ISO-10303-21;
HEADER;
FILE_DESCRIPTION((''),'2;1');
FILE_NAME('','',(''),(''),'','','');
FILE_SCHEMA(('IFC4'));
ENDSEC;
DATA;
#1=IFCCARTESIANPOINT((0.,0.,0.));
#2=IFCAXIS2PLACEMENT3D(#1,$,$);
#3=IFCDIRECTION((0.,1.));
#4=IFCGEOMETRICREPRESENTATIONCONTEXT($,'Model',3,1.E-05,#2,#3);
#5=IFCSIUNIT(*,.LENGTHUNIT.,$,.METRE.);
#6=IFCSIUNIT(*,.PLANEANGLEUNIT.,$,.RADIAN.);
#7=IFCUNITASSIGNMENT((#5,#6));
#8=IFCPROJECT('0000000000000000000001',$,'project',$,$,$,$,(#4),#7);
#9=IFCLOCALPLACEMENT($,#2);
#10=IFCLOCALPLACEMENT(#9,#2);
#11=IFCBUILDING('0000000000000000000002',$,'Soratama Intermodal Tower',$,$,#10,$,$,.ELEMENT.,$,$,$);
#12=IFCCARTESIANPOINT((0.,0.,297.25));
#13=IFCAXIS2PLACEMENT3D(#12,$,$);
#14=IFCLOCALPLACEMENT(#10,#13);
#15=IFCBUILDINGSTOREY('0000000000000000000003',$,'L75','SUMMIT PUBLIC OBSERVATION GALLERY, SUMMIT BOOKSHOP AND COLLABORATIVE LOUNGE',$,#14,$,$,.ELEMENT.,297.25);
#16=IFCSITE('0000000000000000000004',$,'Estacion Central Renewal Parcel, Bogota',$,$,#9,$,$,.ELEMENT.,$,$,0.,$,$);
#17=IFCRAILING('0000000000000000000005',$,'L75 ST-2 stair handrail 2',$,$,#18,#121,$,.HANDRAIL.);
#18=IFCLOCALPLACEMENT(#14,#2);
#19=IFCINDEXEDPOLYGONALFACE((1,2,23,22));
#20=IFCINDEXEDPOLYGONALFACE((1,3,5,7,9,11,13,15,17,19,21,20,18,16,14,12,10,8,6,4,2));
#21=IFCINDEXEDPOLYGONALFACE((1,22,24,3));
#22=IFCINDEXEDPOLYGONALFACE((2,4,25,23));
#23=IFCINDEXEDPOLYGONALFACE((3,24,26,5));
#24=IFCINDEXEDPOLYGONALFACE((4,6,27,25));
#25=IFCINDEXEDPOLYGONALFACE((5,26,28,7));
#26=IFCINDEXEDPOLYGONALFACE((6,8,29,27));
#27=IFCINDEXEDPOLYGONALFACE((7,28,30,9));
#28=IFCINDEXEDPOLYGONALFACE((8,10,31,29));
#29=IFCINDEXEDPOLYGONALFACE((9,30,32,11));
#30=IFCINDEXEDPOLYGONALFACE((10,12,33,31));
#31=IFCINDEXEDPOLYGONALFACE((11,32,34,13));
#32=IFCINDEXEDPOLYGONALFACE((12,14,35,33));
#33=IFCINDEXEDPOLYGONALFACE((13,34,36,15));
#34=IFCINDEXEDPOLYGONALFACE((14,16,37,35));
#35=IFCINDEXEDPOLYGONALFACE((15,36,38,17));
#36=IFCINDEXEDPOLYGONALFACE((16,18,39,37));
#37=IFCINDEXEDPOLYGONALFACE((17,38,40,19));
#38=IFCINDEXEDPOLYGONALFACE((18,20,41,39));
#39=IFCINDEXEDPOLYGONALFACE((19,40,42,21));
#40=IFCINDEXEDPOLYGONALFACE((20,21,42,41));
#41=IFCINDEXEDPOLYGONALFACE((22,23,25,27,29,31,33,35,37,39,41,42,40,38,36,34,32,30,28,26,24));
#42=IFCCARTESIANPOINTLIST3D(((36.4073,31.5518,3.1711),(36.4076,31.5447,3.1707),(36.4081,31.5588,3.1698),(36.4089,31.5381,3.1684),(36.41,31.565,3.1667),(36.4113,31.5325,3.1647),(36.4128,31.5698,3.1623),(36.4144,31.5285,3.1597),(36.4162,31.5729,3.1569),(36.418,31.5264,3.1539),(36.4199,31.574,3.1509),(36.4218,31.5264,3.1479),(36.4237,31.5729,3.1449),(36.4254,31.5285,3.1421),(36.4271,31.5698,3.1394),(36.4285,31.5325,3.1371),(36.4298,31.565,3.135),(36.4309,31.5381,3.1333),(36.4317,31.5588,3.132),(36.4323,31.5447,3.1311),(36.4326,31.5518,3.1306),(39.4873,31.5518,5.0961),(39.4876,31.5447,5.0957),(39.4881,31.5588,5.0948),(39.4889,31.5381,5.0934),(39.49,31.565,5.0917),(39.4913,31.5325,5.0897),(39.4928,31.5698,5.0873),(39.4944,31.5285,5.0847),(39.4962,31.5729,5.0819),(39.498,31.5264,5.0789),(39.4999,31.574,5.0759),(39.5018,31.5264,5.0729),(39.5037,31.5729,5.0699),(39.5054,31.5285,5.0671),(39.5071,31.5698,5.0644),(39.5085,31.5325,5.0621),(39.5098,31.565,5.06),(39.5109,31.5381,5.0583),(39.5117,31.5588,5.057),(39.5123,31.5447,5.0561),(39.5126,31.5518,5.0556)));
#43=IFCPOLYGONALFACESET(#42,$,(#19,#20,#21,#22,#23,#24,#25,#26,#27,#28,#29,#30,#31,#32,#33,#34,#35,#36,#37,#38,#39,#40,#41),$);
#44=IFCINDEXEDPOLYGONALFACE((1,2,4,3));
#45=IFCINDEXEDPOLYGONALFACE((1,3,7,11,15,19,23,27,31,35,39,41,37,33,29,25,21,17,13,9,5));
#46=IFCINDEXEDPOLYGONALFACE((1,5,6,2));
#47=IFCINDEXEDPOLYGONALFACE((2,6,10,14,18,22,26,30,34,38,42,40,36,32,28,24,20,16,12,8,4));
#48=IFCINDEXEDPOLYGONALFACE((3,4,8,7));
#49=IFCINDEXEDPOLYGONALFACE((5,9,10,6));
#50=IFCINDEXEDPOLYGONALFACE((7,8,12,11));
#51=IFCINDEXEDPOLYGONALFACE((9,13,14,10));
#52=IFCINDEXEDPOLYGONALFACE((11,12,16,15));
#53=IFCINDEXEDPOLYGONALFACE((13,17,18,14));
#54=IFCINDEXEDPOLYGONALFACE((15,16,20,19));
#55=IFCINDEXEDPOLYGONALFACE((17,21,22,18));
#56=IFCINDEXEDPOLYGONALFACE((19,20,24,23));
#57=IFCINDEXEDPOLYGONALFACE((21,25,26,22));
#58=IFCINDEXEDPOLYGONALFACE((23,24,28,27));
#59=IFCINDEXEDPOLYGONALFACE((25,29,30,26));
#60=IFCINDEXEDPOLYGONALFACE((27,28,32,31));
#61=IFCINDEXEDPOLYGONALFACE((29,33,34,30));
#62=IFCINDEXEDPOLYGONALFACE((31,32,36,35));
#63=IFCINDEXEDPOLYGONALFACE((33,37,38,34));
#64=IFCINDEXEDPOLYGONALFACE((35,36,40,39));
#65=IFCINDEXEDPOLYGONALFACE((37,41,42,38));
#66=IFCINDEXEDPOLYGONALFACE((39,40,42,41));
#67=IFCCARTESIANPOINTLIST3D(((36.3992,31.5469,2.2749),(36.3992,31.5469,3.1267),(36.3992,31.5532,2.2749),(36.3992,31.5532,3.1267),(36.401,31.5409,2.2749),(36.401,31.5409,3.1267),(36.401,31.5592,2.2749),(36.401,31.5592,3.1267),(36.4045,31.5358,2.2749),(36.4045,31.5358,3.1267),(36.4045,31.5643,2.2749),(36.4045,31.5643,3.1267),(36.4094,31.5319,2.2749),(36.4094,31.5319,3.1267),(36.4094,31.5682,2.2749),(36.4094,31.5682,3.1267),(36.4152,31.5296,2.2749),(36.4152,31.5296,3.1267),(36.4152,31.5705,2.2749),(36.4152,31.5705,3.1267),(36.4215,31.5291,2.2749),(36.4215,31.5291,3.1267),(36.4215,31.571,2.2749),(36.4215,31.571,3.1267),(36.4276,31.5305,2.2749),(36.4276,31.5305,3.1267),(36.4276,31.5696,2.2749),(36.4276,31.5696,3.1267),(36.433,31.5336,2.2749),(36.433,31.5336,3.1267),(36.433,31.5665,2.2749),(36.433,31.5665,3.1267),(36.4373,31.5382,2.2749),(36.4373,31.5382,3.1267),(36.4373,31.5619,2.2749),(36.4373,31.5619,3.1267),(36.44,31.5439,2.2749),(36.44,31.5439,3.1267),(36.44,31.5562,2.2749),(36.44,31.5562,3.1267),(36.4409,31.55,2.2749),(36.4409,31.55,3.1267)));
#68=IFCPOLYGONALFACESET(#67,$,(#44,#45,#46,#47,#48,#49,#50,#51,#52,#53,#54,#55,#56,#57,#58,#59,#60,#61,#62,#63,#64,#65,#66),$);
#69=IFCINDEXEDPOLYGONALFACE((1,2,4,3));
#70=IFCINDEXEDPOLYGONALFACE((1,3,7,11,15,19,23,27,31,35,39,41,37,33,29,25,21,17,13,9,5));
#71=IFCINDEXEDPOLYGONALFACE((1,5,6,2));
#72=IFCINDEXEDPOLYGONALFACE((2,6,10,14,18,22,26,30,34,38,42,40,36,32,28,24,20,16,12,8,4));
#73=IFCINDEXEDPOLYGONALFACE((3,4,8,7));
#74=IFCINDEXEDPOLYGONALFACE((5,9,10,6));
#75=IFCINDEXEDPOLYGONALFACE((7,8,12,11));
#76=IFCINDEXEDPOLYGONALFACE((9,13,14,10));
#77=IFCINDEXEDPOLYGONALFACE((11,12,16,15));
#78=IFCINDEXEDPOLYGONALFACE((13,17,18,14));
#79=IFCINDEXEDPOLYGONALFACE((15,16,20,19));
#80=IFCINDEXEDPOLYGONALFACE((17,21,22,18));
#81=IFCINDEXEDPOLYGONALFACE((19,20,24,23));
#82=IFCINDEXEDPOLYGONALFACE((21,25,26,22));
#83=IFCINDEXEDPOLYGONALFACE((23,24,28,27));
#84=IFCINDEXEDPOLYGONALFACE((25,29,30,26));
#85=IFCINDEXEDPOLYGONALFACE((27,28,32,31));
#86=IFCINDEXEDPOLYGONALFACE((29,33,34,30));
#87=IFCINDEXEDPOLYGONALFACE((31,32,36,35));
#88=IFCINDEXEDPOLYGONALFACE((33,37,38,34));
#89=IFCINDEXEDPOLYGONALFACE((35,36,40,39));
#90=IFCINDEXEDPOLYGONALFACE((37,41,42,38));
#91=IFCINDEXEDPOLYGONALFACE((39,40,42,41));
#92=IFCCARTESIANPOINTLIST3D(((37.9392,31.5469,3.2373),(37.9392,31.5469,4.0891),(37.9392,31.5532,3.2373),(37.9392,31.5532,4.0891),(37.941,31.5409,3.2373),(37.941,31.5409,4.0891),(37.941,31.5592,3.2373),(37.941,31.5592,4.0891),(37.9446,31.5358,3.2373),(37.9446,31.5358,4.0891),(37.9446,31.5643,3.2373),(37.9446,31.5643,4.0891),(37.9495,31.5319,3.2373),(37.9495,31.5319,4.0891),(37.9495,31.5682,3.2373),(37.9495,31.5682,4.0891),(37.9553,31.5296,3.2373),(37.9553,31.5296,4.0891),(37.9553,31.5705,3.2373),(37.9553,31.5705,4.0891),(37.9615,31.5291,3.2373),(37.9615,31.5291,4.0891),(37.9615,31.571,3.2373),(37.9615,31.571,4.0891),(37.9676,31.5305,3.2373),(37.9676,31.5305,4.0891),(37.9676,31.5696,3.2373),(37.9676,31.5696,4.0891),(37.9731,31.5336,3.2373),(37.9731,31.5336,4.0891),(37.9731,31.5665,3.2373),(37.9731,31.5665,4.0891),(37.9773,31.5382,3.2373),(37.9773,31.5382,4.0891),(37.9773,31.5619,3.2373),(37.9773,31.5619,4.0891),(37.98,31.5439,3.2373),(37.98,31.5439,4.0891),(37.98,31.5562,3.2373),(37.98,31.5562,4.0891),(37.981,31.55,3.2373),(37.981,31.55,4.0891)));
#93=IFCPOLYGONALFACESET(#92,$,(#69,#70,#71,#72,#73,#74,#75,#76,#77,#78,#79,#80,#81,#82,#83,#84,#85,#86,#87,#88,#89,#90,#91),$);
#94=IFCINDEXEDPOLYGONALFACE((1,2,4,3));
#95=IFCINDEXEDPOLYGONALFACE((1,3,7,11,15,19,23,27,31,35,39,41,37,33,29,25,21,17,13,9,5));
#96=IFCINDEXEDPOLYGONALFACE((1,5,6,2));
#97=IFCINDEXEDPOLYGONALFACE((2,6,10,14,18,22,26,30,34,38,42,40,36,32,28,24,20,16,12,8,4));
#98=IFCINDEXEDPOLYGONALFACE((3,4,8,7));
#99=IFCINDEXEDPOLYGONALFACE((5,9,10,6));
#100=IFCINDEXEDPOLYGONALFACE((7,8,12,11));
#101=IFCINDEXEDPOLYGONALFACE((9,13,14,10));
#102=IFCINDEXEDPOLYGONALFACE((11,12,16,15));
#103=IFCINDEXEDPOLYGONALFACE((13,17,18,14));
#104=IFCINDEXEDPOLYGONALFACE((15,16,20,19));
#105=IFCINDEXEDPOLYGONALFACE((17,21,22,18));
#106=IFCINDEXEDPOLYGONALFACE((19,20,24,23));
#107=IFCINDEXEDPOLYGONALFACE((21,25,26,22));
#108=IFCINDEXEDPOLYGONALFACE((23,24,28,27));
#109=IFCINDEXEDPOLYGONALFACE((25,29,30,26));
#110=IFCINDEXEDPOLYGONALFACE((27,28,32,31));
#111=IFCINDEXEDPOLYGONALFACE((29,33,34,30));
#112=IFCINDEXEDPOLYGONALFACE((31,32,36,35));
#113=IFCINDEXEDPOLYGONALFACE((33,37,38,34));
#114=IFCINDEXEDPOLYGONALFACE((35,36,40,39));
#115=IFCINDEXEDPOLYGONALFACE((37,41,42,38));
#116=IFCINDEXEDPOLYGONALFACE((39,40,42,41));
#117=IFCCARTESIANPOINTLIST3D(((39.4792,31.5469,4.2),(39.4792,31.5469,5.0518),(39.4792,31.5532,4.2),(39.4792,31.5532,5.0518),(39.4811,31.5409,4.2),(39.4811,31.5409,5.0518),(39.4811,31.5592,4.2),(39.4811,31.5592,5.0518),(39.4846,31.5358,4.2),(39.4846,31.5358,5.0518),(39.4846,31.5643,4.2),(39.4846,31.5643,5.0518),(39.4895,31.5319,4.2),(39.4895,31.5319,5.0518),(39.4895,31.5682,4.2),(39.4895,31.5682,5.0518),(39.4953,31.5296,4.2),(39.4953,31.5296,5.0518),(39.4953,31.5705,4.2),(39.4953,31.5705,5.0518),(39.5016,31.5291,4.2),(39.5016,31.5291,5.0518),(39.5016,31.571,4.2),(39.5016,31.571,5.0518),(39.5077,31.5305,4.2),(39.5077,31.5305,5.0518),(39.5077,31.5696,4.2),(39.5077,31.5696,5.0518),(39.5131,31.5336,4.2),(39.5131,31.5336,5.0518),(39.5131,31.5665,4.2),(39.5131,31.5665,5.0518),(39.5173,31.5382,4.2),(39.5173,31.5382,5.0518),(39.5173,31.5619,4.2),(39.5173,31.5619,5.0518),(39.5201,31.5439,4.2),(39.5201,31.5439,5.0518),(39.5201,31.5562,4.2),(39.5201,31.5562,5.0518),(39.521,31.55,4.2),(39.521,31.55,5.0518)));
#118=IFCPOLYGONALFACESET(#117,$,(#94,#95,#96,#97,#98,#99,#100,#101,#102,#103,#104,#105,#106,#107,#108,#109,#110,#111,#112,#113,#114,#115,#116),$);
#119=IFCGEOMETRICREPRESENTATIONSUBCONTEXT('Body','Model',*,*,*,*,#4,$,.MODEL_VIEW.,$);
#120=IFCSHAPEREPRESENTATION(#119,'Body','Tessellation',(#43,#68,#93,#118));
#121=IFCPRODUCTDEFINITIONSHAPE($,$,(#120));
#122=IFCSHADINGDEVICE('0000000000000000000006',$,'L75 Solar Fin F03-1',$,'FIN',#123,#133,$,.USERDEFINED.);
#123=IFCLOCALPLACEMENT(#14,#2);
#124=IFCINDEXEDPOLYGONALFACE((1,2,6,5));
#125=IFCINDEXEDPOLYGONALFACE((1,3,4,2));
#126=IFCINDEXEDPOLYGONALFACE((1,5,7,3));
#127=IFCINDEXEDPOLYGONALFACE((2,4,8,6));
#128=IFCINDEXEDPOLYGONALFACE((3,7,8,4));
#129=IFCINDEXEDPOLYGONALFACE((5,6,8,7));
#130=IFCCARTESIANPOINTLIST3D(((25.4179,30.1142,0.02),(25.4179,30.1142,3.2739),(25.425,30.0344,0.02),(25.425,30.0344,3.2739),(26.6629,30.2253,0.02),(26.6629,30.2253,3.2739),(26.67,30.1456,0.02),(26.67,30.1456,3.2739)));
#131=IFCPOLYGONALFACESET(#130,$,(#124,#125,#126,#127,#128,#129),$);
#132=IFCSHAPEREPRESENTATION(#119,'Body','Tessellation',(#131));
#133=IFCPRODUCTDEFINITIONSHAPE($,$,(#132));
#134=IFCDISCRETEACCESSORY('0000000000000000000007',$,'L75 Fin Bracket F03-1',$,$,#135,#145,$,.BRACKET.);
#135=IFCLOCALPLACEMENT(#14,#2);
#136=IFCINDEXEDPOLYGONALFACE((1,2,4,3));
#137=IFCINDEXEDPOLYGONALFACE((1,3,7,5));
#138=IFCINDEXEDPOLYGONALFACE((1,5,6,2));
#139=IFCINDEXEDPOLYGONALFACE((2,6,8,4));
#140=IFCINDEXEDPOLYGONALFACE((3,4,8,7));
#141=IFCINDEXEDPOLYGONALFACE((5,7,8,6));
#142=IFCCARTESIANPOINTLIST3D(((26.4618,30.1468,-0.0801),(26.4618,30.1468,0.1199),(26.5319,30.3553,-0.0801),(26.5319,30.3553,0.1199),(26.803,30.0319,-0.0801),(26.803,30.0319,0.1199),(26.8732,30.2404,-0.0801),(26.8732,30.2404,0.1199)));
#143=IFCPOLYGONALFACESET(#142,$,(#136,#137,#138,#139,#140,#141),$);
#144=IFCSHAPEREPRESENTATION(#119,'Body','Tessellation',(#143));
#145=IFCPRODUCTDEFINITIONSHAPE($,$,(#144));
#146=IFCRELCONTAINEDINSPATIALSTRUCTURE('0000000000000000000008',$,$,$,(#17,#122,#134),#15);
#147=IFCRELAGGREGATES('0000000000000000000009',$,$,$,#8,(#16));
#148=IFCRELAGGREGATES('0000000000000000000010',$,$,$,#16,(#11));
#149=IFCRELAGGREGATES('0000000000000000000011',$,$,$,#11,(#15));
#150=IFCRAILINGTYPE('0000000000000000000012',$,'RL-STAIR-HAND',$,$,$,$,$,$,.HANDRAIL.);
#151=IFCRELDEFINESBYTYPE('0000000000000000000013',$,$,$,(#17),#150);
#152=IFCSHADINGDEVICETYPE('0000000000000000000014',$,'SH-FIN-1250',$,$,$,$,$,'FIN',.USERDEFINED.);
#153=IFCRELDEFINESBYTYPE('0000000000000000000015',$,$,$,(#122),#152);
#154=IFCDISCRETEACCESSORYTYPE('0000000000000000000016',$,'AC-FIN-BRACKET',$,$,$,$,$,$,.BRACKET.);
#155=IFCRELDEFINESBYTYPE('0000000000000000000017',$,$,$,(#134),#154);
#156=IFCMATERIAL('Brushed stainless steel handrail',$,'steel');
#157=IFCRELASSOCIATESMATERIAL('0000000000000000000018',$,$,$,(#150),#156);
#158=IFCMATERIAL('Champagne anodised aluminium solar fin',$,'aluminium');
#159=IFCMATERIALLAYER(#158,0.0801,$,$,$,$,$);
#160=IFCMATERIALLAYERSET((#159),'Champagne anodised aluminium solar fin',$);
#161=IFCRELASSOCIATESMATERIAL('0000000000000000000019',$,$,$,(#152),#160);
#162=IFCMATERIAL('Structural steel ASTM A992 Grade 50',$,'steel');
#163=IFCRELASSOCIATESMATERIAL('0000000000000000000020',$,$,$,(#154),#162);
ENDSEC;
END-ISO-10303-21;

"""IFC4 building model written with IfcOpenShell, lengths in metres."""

from ifc_helpers import new_model, si_unit, direction, frame, origin, origin_2d, place, context, subcontext, project, spatial, rectangle, circle, extrude, material, layer, layer_set, type_object, element, save


model = new_model("IFC4")

# Units and contexts
model_context = context("Model", 3, precision=1e-05, world=origin(), true_north=direction((0.0, 1.0)))
body_context = subcontext(model_context, "Body", "Model", "MODEL_VIEW")
ifc_project = project(units=[si_unit("LENGTHUNIT", "METRE"), si_unit("PLANEANGLEUNIT", "RADIAN")], contexts=[model_context])

# Site, building, storey
site_placement = place(None, origin())
site = spatial("IfcSite", under=ifc_project, at=site_placement, Name="Estacion Central Renewal Parcel, Bogota", CompositionType="ELEMENT", RefElevation=0.0)
building_placement = place(site_placement, origin())
building = spatial("IfcBuilding", under=site, at=building_placement, Name="Soratama Intermodal Tower", CompositionType="ELEMENT")
storey_placement = place(building_placement, frame((0.0, 0.0, 297.25)))
storey = spatial("IfcBuildingStorey", under=building, at=storey_placement, Name="L75", Description="SUMMIT PUBLIC OBSERVATION GALLERY, SUMMIT BOOKSHOP AND COLLABORATIVE LOUNGE", CompositionType="ELEMENT", Elevation=297.25)

# Railing
ifc_material_1 = material(Name="Brushed stainless steel handrail", Category="steel")
railing_type_1 = type_object("IfcRailingType", Name="RL-STAIR-HAND", PredefinedType="HANDRAIL", material=ifc_material_1)
railing_1_placement = place(storey_placement, frame((36.4199, 31.55, 2.2749)))
element("IfcRailing", 1, at=railing_1_placement, inside=storey, type_object=railing_type_1, Name="L75 ST-2 stair handrail 2", PredefinedType="HANDRAIL", context=body_context, shape_type="SweptSolid", body=[
    extrude(circle(Radius=0.0239, at=origin_2d()), frame((0.0, 0.0, 0.876), z_axis=(0.847998, 0.0, 0.529999), x_axis=(0.0, 1.0, 0.0)), (0.0, 0.0, 1.0), 3.6321),
    extrude(circle(Radius=0.021, at=origin_2d()), origin(), (0.0, 0.0, 1.0), 0.8518),
    extrude(circle(Radius=0.021, at=origin_2d()), frame((1.54, 0.0, 0.9624)), (0.0, 0.0, 1.0), 0.8518),
    extrude(circle(Radius=0.021, at=origin_2d()), frame((3.0801, 0.0, 1.925)), (0.0, 0.0, 1.0), 0.8518),
])

# Shading device
ifc_material_2 = material(Name="Champagne anodised aluminium solar fin", Category="aluminium")
ifc_layer_1 = layer(ifc_material_2, 0.0801)
ifc_layer_set_1 = layer_set([ifc_layer_1], Name="Champagne anodised aluminium solar fin")
shading_device_type = type_object("IfcShadingDeviceType", Name="SH-FIN-1250", ElementType="FIN", PredefinedType="USERDEFINED", material=ifc_layer_set_1)
shading_device_placement = place(storey_placement, frame((26.0439, 30.1299, 0.02), z_axis=(0.0, 0.0, 1.0), x_axis=(-0.996041, -0.088894, 0.0)))
element("IfcShadingDevice", 2, at=shading_device_placement, inside=storey, type_object=shading_device_type, Name="L75 Solar Fin F03-1", ObjectType="FIN", PredefinedType="USERDEFINED", context=body_context, shape_type="SweptSolid", body=[
    extrude(rectangle(XDim=1.25, YDim=0.0801, at=origin_2d()), origin(), (0.0, 0.0, 1.0), 3.2539),
])

# Discrete accessory
ifc_material_3 = material(Name="Structural steel ASTM A992 Grade 50", Category="steel")
discrete_accessory_type = type_object("IfcDiscreteAccessoryType", Name="AC-FIN-BRACKET", PredefinedType="BRACKET", material=ifc_material_3)
discrete_accessory_placement = place(storey_placement, frame((26.6675, 30.1936, -0.0801), z_axis=(0.0, 0.0, 1.0), x_axis=(-0.947768, 0.318959, 0.0)))
element("IfcDiscreteAccessory", 3, at=discrete_accessory_placement, inside=storey, type_object=discrete_accessory_type, Name="L75 Fin Bracket F03-1", PredefinedType="BRACKET", context=body_context, shape_type="SweptSolid", body=[
    extrude(rectangle(XDim=0.3601, YDim=0.22, at=origin_2d()), origin(), (0.0, 0.0, 1.0), 0.2),
])

save(model, "model.ifc")
